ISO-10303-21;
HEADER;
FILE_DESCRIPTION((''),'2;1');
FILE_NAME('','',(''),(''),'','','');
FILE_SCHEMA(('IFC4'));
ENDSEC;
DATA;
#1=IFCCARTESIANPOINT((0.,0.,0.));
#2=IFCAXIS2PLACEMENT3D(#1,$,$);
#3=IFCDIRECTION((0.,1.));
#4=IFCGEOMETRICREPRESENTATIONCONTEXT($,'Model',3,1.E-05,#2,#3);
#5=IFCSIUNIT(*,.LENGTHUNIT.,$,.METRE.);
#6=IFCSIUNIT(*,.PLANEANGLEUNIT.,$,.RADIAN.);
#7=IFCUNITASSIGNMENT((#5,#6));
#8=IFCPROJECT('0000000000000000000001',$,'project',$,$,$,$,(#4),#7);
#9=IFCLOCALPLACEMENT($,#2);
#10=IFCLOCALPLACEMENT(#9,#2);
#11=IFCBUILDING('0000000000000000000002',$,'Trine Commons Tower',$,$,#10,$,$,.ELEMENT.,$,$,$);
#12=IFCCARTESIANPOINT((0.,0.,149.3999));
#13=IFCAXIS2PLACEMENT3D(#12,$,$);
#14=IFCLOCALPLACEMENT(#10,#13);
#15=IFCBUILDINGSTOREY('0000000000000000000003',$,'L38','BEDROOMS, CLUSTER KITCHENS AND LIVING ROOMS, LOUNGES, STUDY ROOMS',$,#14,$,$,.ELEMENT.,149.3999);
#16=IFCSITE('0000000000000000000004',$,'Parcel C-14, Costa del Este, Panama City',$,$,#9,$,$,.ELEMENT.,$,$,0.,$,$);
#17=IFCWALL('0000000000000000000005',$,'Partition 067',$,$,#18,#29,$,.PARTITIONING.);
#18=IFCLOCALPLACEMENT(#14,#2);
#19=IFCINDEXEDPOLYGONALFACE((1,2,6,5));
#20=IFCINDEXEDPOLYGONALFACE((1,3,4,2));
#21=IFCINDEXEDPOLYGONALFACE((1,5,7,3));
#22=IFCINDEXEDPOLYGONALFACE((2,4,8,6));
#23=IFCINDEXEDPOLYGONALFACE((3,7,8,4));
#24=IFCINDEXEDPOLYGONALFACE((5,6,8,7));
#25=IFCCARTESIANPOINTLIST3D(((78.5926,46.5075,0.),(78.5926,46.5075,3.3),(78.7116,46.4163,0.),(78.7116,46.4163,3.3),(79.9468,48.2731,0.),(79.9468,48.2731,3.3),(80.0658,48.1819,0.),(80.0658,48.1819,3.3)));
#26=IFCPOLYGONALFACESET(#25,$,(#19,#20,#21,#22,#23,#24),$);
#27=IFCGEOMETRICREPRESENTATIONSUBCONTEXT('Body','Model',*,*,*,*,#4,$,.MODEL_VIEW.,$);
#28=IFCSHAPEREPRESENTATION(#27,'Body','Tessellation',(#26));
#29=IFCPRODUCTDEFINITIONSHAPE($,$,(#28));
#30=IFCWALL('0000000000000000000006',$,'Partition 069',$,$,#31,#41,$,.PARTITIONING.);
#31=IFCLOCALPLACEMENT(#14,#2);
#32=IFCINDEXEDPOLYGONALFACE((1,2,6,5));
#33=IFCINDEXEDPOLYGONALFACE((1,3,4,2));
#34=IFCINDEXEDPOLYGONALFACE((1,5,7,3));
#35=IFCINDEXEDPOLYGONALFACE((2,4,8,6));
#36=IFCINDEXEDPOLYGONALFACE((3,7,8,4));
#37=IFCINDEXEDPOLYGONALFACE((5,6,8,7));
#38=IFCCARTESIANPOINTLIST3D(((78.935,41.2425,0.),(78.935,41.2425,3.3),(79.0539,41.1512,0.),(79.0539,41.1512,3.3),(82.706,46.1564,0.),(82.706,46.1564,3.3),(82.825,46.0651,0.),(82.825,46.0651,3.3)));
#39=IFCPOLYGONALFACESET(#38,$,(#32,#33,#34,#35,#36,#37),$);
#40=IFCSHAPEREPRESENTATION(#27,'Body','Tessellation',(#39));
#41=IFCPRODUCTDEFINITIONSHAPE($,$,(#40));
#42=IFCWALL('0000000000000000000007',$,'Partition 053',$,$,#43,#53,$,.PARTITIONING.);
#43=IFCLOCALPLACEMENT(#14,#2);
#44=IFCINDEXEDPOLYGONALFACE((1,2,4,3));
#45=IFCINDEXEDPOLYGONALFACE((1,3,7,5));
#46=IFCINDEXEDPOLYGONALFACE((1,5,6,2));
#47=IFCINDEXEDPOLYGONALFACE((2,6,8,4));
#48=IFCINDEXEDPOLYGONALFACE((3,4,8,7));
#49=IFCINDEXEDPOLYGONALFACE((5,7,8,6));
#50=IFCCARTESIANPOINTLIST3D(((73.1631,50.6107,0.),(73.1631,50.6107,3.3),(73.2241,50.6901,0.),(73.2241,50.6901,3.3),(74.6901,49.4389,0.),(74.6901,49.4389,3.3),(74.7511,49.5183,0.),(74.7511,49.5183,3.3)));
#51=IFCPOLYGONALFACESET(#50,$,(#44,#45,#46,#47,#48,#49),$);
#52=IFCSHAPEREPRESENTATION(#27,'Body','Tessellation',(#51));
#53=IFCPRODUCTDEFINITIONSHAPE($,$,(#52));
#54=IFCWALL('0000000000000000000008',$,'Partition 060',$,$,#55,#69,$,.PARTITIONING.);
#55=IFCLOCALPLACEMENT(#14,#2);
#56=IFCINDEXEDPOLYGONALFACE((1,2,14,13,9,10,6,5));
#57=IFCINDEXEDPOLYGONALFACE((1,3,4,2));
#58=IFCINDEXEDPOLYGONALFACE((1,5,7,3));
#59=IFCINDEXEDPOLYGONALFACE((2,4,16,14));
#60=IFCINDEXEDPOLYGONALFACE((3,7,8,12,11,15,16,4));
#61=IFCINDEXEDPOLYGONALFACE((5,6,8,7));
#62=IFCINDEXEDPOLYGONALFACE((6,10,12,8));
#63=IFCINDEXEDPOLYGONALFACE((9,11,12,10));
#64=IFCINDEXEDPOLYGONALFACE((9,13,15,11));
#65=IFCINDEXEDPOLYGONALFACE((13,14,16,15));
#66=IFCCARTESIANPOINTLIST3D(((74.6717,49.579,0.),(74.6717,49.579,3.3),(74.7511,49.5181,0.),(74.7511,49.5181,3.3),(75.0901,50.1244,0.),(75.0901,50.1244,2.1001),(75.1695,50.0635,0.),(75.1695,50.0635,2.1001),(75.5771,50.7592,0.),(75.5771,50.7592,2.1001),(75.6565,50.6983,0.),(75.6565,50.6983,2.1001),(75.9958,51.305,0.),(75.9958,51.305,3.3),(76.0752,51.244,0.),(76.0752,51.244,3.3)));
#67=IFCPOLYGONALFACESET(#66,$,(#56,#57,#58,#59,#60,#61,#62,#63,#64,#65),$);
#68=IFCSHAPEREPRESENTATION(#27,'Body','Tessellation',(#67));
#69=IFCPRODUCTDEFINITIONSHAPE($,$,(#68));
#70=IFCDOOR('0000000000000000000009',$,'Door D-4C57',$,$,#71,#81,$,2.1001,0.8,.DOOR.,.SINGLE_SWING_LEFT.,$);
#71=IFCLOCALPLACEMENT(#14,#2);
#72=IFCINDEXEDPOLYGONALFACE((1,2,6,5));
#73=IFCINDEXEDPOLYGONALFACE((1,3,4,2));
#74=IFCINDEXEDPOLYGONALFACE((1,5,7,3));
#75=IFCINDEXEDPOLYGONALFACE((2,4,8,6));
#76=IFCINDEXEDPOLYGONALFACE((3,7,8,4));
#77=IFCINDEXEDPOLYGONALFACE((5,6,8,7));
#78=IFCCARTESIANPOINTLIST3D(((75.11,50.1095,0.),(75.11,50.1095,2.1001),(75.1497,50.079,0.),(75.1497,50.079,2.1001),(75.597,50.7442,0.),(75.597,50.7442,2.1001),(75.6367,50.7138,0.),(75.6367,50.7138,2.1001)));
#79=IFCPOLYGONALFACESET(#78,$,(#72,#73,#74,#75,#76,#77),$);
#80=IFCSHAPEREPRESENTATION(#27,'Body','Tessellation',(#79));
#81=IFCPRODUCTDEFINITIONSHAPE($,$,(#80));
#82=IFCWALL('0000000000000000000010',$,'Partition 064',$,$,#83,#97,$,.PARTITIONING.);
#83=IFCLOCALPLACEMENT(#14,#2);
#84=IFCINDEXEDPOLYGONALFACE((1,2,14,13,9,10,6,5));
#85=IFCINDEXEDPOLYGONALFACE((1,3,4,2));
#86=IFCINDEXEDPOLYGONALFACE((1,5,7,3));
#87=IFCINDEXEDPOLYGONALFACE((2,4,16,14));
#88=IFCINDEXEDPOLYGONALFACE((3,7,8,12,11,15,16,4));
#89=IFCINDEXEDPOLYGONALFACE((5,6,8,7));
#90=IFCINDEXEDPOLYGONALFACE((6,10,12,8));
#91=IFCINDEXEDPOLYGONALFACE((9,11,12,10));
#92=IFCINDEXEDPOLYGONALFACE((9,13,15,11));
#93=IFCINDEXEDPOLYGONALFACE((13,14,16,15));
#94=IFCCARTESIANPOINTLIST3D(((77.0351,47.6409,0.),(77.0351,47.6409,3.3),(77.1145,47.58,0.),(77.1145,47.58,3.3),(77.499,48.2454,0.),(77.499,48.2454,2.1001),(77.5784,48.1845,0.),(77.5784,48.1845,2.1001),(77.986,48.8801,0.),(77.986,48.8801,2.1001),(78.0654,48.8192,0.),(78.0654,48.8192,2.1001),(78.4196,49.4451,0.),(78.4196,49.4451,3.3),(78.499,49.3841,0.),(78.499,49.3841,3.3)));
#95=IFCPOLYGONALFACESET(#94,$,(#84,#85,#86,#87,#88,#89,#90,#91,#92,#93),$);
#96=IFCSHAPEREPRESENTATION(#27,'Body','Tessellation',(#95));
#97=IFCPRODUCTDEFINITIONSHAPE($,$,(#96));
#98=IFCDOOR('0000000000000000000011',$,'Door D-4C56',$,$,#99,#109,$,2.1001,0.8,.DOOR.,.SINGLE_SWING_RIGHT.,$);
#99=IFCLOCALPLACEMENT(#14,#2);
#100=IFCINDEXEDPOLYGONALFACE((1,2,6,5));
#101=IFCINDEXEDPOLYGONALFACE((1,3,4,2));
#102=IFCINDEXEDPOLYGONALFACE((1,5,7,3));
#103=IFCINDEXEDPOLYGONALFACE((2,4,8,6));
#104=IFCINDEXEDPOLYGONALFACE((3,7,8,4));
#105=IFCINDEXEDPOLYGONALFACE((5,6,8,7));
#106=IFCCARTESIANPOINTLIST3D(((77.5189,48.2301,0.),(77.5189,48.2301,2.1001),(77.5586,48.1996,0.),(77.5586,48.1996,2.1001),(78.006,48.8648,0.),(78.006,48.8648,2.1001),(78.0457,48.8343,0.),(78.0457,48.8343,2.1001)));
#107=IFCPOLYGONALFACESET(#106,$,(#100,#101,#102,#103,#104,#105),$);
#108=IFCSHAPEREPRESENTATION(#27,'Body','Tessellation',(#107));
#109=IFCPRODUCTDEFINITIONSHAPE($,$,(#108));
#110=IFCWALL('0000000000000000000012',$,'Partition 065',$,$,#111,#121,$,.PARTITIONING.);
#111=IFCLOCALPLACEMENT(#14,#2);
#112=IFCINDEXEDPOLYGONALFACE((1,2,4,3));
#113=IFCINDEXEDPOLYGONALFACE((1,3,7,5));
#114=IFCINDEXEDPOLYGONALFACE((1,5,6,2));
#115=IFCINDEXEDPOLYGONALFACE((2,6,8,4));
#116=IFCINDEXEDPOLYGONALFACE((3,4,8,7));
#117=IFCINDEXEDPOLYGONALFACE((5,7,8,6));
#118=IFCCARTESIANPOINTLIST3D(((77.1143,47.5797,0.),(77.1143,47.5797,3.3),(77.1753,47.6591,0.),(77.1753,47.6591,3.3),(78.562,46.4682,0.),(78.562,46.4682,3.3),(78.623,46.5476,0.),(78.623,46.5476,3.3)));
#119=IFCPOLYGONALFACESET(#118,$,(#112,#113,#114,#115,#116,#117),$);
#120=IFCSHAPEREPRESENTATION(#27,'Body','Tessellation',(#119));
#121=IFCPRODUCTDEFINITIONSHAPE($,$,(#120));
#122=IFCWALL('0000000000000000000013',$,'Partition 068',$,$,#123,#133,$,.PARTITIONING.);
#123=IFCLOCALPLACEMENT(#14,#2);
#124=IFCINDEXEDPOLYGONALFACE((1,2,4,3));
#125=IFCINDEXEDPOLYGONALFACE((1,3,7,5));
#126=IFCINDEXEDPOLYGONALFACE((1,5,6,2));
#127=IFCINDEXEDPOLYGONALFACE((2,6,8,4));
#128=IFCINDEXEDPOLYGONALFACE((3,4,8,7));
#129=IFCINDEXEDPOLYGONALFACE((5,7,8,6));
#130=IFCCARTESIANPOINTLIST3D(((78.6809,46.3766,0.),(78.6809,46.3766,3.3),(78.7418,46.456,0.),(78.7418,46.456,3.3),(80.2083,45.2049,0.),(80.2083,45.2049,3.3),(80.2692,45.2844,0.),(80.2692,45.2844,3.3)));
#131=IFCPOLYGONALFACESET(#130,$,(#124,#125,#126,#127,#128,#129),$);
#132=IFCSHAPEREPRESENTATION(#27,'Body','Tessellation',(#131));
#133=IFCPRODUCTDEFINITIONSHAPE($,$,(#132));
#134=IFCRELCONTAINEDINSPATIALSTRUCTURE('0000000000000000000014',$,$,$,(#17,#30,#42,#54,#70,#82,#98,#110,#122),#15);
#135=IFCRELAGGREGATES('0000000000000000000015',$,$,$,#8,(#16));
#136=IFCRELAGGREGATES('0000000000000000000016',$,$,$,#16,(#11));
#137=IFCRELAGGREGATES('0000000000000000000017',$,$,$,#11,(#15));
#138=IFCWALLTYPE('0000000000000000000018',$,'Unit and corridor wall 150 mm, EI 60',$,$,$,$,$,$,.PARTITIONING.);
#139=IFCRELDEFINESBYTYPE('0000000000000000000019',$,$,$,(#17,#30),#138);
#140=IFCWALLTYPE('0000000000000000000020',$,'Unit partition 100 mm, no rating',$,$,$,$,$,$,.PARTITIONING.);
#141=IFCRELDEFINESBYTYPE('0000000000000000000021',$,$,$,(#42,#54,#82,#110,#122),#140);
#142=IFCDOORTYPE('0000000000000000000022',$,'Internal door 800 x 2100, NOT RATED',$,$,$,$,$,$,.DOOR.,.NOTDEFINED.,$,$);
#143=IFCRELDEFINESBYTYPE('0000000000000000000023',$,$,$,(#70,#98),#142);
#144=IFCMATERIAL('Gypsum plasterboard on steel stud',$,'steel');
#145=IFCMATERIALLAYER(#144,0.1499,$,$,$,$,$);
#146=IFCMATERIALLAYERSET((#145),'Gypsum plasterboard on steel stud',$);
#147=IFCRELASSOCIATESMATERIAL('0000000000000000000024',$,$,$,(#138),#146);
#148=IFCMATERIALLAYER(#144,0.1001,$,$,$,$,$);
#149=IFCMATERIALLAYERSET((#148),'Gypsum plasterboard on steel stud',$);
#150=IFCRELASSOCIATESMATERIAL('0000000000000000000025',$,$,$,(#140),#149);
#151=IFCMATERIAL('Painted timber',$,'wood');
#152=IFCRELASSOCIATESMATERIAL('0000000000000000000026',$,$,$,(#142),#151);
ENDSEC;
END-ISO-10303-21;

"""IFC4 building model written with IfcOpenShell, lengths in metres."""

from ifc_helpers import new_model, si_unit, direction, frame, frame_2d, origin, place, context, subcontext, project, spatial, rectangle, extrude, material, layer, layer_set, type_object, element, fill, save


model = new_model("IFC4")

# Units and contexts
model_context = context("Model", 3, precision=1e-05, world=origin(), true_north=direction((0.0, 1.0)))
body_context = subcontext(model_context, "Body", "Model", "MODEL_VIEW")
ifc_project = project(units=[si_unit("LENGTHUNIT", "METRE"), si_unit("PLANEANGLEUNIT", "RADIAN")], contexts=[model_context])

# Site, building, storey
site_placement = place(None, origin())
site = spatial("IfcSite", under=ifc_project, at=site_placement, Name="Parcel C-14, Costa del Este, Panama City", CompositionType="ELEMENT", RefElevation=0.0)
building_placement = place(site_placement, origin())
building = spatial("IfcBuilding", under=site, at=building_placement, Name="Trine Commons Tower", CompositionType="ELEMENT")
storey_placement = place(building_placement, frame((0.0, 0.0, 149.3999)))
storey = spatial("IfcBuildingStorey", under=building, at=storey_placement, Name="L38", Description="BEDROOMS, CLUSTER KITCHENS AND LIVING ROOMS, LOUNGES, STUDY ROOMS", CompositionType="ELEMENT", Elevation=149.3999)

# Shared definitions
ifc_material_1 = material(Name="Gypsum plasterboard on steel stud", Category="steel")
ifc_layer_1 = layer(ifc_material_1, 0.1499)
ifc_layer_set_1 = layer_set([ifc_layer_1], Name="Gypsum plasterboard on steel stud")
wall_type_1 = type_object("IfcWallType", Name="Unit and corridor wall 150 mm, EI 60", PredefinedType="PARTITIONING", material=ifc_layer_set_1)
ifc_material_2 = material(Name="Painted timber", Category="wood")

# Walls
wall_1_placement = place(storey_placement, frame((78.6521, 46.4619, 0.0), z_axis=(0.0, 0.0, 1.0), x_axis=(0.608602, 0.793476, 0.0)))
element("IfcWall", 1, at=wall_1_placement, inside=storey, type_object=wall_type_1, Name="Partition 067", PredefinedType="PARTITIONING", context=body_context, shape_type="SweptSolid", body=[
    extrude(rectangle(XDim=2.2251, YDim=0.1499, at=frame_2d((1.1125, 0.0))), origin(), (0.0, 0.0, 1.0), 3.3),
])
wall_2_placement = place(storey_placement, frame((78.9944, 41.1968, 0.0), z_axis=(0.0, 0.0, 1.0), x_axis=(0.608811, 0.793315, 0.0)))
element("IfcWall", 2, at=wall_2_placement, inside=storey, type_object=wall_type_1, Name="Partition 069", PredefinedType="PARTITIONING", context=body_context, shape_type="SweptSolid", body=[
    extrude(rectangle(XDim=6.1941, YDim=0.1499, at=frame_2d((3.0972, 0.0))), origin(), (0.0, 0.0, 1.0), 3.3),
])
ifc_layer_2 = layer(ifc_material_1, 0.1001)
ifc_layer_set_2 = layer_set([ifc_layer_2], Name="Gypsum plasterboard on steel stud")
wall_type_2 = type_object("IfcWallType", Name="Unit partition 100 mm, no rating", PredefinedType="PARTITIONING", material=ifc_layer_set_2)
wall_3_placement = place(storey_placement, frame((73.1936, 50.6504, 0.0), z_axis=(0.0, 0.0, 1.0), x_axis=(0.793331, -0.608791, 0.0)))
element("IfcWall", 3, at=wall_3_placement, inside=storey, type_object=wall_type_2, Name="Partition 053", PredefinedType="PARTITIONING", context=body_context, shape_type="SweptSolid", body=[
    extrude(rectangle(XDim=1.9248, YDim=0.1001, at=frame_2d((0.9624, 0.0))), origin(), (0.0, 0.0, 1.0), 3.3),
])

# Walls, openings, doors
wall_4_placement = place(storey_placement, frame((74.7114, 49.5486, 0.0), z_axis=(0.0, 0.0, 1.0), x_axis=(0.608674, 0.79342, 0.0)))
wall_4 = element("IfcWall", 4, at=wall_4_placement, inside=storey, type_object=wall_type_2, Name="Partition 060", PredefinedType="PARTITIONING", context=body_context, shape_type="SweptSolid", body=[
    extrude(rectangle(XDim=2.1753, YDim=0.1001, at=frame_2d((1.0876, 0.0))), origin(), (0.0, 0.0, 1.0), 3.3),
])
opening_1_placement = place(wall_4_placement, frame((0.6875, 0.0, 0.0)))
opening_1 = element("IfcOpeningElement", 5, at=opening_1_placement, cuts=wall_4, PredefinedType="OPENING", context=body_context, shape_type="SweptSolid", body=[
    extrude(rectangle(XDim=0.8, YDim=2.1001, at=frame_2d((0.3999, 1.05))), frame((0.0, 0.0601, 0.0), z_axis=(0.0, -1.0, 0.0), x_axis=(1.0, 0.0, 0.0)), (0.0, 0.0, 1.0), 0.1201),
])
door_type_1 = type_object("IfcDoorType", Name="Internal door 800 x 2100, NOT RATED", OperationType="NOTDEFINED", PredefinedType="DOOR", material=ifc_material_2)
door_1_placement = place(opening_1_placement, frame((0.8, 0.0, 0.0), z_axis=(0.0, 0.0, 1.0), x_axis=(-1.0, 0.0, 0.0)))
door_1 = element("IfcDoor", 6, at=door_1_placement, inside=storey, type_object=door_type_1, Name="Door D-4C57", OperationType="SINGLE_SWING_LEFT", OverallHeight=2.1001, OverallWidth=0.8, PredefinedType="DOOR", context=body_context, shape_type="SweptSolid", body=[
    extrude(rectangle(XDim=0.8, YDim=2.1001, at=frame_2d((0.3999, 1.05))), frame((0.0, 0.0249, 0.0), z_axis=(0.0, -1.0, 0.0), x_axis=(1.0, 0.0, 0.0)), (0.0, 0.0, 1.0), 0.05),
])
fill(opening_1, door_1)
wall_5_placement = place(storey_placement, frame((77.0747, 47.6104, 0.0), z_axis=(0.0, 0.0, 1.0), x_axis=(0.608792, 0.79333, 0.0)))
wall_5 = element("IfcWall", 7, at=wall_5_placement, inside=storey, type_object=wall_type_2, Name="Partition 064", PredefinedType="PARTITIONING", context=body_context, shape_type="SweptSolid", body=[
    extrude(rectangle(XDim=2.2742, YDim=0.1001, at=frame_2d((1.1372, 0.0))), origin(), (0.0, 0.0, 1.0), 3.3),
])
opening_2_placement = place(wall_5_placement, frame((0.7622, 0.0, 0.0)))
opening_2 = element("IfcOpeningElement", 8, at=opening_2_placement, cuts=wall_5, PredefinedType="OPENING", context=body_context, shape_type="SweptSolid", body=[
    extrude(rectangle(XDim=0.8, YDim=2.1001, at=frame_2d((0.3999, 1.05))), frame((0.0, 0.0601, 0.0), z_axis=(0.0, -1.0, 0.0), x_axis=(1.0, 0.0, 0.0)), (0.0, 0.0, 1.0), 0.1201),
])
door_2_placement = place(opening_2_placement, origin())
door_2 = element("IfcDoor", 9, at=door_2_placement, inside=storey, type_object=door_type_1, Name="Door D-4C56", OperationType="SINGLE_SWING_RIGHT", OverallHeight=2.1001, OverallWidth=0.8, PredefinedType="DOOR", context=body_context, shape_type="SweptSolid", body=[
    extrude(rectangle(XDim=0.8, YDim=2.1001, at=frame_2d((0.3999, 1.05))), frame((0.0, 0.0249, 0.0), z_axis=(0.0, -1.0, 0.0), x_axis=(1.0, 0.0, 0.0)), (0.0, 0.0, 1.0), 0.05),
])
fill(opening_2, door_2)

# Walls
wall_6_placement = place(storey_placement, frame((77.1448, 47.6194, 0.0), z_axis=(0.0, 0.0, 1.0), x_axis=(0.793176, -0.608993, 0.0)))
element("IfcWall", 10, at=wall_6_placement, inside=storey, type_object=wall_type_2, Name="Partition 065", PredefinedType="PARTITIONING", context=body_context, shape_type="SweptSolid", body=[
    extrude(rectangle(XDim=1.8252, YDim=0.1001, at=frame_2d((0.9126, 0.0))), origin(), (0.0, 0.0, 1.0), 3.3),
])
wall_7_placement = place(storey_placement, frame((78.7114, 46.4163, 0.0), z_axis=(0.0, 0.0, 1.0), x_axis=(0.793439, -0.60865, 0.0)))
element("IfcWall", 11, at=wall_7_placement, inside=storey, type_object=wall_type_2, Name="Partition 068", PredefinedType="PARTITIONING", context=body_context, shape_type="SweptSolid", body=[
    extrude(rectangle(XDim=1.925, YDim=0.1001, at=frame_2d((0.9624, 0.0))), origin(), (0.0, 0.0, 1.0), 3.3),
])

save(model, "model.ifc")
